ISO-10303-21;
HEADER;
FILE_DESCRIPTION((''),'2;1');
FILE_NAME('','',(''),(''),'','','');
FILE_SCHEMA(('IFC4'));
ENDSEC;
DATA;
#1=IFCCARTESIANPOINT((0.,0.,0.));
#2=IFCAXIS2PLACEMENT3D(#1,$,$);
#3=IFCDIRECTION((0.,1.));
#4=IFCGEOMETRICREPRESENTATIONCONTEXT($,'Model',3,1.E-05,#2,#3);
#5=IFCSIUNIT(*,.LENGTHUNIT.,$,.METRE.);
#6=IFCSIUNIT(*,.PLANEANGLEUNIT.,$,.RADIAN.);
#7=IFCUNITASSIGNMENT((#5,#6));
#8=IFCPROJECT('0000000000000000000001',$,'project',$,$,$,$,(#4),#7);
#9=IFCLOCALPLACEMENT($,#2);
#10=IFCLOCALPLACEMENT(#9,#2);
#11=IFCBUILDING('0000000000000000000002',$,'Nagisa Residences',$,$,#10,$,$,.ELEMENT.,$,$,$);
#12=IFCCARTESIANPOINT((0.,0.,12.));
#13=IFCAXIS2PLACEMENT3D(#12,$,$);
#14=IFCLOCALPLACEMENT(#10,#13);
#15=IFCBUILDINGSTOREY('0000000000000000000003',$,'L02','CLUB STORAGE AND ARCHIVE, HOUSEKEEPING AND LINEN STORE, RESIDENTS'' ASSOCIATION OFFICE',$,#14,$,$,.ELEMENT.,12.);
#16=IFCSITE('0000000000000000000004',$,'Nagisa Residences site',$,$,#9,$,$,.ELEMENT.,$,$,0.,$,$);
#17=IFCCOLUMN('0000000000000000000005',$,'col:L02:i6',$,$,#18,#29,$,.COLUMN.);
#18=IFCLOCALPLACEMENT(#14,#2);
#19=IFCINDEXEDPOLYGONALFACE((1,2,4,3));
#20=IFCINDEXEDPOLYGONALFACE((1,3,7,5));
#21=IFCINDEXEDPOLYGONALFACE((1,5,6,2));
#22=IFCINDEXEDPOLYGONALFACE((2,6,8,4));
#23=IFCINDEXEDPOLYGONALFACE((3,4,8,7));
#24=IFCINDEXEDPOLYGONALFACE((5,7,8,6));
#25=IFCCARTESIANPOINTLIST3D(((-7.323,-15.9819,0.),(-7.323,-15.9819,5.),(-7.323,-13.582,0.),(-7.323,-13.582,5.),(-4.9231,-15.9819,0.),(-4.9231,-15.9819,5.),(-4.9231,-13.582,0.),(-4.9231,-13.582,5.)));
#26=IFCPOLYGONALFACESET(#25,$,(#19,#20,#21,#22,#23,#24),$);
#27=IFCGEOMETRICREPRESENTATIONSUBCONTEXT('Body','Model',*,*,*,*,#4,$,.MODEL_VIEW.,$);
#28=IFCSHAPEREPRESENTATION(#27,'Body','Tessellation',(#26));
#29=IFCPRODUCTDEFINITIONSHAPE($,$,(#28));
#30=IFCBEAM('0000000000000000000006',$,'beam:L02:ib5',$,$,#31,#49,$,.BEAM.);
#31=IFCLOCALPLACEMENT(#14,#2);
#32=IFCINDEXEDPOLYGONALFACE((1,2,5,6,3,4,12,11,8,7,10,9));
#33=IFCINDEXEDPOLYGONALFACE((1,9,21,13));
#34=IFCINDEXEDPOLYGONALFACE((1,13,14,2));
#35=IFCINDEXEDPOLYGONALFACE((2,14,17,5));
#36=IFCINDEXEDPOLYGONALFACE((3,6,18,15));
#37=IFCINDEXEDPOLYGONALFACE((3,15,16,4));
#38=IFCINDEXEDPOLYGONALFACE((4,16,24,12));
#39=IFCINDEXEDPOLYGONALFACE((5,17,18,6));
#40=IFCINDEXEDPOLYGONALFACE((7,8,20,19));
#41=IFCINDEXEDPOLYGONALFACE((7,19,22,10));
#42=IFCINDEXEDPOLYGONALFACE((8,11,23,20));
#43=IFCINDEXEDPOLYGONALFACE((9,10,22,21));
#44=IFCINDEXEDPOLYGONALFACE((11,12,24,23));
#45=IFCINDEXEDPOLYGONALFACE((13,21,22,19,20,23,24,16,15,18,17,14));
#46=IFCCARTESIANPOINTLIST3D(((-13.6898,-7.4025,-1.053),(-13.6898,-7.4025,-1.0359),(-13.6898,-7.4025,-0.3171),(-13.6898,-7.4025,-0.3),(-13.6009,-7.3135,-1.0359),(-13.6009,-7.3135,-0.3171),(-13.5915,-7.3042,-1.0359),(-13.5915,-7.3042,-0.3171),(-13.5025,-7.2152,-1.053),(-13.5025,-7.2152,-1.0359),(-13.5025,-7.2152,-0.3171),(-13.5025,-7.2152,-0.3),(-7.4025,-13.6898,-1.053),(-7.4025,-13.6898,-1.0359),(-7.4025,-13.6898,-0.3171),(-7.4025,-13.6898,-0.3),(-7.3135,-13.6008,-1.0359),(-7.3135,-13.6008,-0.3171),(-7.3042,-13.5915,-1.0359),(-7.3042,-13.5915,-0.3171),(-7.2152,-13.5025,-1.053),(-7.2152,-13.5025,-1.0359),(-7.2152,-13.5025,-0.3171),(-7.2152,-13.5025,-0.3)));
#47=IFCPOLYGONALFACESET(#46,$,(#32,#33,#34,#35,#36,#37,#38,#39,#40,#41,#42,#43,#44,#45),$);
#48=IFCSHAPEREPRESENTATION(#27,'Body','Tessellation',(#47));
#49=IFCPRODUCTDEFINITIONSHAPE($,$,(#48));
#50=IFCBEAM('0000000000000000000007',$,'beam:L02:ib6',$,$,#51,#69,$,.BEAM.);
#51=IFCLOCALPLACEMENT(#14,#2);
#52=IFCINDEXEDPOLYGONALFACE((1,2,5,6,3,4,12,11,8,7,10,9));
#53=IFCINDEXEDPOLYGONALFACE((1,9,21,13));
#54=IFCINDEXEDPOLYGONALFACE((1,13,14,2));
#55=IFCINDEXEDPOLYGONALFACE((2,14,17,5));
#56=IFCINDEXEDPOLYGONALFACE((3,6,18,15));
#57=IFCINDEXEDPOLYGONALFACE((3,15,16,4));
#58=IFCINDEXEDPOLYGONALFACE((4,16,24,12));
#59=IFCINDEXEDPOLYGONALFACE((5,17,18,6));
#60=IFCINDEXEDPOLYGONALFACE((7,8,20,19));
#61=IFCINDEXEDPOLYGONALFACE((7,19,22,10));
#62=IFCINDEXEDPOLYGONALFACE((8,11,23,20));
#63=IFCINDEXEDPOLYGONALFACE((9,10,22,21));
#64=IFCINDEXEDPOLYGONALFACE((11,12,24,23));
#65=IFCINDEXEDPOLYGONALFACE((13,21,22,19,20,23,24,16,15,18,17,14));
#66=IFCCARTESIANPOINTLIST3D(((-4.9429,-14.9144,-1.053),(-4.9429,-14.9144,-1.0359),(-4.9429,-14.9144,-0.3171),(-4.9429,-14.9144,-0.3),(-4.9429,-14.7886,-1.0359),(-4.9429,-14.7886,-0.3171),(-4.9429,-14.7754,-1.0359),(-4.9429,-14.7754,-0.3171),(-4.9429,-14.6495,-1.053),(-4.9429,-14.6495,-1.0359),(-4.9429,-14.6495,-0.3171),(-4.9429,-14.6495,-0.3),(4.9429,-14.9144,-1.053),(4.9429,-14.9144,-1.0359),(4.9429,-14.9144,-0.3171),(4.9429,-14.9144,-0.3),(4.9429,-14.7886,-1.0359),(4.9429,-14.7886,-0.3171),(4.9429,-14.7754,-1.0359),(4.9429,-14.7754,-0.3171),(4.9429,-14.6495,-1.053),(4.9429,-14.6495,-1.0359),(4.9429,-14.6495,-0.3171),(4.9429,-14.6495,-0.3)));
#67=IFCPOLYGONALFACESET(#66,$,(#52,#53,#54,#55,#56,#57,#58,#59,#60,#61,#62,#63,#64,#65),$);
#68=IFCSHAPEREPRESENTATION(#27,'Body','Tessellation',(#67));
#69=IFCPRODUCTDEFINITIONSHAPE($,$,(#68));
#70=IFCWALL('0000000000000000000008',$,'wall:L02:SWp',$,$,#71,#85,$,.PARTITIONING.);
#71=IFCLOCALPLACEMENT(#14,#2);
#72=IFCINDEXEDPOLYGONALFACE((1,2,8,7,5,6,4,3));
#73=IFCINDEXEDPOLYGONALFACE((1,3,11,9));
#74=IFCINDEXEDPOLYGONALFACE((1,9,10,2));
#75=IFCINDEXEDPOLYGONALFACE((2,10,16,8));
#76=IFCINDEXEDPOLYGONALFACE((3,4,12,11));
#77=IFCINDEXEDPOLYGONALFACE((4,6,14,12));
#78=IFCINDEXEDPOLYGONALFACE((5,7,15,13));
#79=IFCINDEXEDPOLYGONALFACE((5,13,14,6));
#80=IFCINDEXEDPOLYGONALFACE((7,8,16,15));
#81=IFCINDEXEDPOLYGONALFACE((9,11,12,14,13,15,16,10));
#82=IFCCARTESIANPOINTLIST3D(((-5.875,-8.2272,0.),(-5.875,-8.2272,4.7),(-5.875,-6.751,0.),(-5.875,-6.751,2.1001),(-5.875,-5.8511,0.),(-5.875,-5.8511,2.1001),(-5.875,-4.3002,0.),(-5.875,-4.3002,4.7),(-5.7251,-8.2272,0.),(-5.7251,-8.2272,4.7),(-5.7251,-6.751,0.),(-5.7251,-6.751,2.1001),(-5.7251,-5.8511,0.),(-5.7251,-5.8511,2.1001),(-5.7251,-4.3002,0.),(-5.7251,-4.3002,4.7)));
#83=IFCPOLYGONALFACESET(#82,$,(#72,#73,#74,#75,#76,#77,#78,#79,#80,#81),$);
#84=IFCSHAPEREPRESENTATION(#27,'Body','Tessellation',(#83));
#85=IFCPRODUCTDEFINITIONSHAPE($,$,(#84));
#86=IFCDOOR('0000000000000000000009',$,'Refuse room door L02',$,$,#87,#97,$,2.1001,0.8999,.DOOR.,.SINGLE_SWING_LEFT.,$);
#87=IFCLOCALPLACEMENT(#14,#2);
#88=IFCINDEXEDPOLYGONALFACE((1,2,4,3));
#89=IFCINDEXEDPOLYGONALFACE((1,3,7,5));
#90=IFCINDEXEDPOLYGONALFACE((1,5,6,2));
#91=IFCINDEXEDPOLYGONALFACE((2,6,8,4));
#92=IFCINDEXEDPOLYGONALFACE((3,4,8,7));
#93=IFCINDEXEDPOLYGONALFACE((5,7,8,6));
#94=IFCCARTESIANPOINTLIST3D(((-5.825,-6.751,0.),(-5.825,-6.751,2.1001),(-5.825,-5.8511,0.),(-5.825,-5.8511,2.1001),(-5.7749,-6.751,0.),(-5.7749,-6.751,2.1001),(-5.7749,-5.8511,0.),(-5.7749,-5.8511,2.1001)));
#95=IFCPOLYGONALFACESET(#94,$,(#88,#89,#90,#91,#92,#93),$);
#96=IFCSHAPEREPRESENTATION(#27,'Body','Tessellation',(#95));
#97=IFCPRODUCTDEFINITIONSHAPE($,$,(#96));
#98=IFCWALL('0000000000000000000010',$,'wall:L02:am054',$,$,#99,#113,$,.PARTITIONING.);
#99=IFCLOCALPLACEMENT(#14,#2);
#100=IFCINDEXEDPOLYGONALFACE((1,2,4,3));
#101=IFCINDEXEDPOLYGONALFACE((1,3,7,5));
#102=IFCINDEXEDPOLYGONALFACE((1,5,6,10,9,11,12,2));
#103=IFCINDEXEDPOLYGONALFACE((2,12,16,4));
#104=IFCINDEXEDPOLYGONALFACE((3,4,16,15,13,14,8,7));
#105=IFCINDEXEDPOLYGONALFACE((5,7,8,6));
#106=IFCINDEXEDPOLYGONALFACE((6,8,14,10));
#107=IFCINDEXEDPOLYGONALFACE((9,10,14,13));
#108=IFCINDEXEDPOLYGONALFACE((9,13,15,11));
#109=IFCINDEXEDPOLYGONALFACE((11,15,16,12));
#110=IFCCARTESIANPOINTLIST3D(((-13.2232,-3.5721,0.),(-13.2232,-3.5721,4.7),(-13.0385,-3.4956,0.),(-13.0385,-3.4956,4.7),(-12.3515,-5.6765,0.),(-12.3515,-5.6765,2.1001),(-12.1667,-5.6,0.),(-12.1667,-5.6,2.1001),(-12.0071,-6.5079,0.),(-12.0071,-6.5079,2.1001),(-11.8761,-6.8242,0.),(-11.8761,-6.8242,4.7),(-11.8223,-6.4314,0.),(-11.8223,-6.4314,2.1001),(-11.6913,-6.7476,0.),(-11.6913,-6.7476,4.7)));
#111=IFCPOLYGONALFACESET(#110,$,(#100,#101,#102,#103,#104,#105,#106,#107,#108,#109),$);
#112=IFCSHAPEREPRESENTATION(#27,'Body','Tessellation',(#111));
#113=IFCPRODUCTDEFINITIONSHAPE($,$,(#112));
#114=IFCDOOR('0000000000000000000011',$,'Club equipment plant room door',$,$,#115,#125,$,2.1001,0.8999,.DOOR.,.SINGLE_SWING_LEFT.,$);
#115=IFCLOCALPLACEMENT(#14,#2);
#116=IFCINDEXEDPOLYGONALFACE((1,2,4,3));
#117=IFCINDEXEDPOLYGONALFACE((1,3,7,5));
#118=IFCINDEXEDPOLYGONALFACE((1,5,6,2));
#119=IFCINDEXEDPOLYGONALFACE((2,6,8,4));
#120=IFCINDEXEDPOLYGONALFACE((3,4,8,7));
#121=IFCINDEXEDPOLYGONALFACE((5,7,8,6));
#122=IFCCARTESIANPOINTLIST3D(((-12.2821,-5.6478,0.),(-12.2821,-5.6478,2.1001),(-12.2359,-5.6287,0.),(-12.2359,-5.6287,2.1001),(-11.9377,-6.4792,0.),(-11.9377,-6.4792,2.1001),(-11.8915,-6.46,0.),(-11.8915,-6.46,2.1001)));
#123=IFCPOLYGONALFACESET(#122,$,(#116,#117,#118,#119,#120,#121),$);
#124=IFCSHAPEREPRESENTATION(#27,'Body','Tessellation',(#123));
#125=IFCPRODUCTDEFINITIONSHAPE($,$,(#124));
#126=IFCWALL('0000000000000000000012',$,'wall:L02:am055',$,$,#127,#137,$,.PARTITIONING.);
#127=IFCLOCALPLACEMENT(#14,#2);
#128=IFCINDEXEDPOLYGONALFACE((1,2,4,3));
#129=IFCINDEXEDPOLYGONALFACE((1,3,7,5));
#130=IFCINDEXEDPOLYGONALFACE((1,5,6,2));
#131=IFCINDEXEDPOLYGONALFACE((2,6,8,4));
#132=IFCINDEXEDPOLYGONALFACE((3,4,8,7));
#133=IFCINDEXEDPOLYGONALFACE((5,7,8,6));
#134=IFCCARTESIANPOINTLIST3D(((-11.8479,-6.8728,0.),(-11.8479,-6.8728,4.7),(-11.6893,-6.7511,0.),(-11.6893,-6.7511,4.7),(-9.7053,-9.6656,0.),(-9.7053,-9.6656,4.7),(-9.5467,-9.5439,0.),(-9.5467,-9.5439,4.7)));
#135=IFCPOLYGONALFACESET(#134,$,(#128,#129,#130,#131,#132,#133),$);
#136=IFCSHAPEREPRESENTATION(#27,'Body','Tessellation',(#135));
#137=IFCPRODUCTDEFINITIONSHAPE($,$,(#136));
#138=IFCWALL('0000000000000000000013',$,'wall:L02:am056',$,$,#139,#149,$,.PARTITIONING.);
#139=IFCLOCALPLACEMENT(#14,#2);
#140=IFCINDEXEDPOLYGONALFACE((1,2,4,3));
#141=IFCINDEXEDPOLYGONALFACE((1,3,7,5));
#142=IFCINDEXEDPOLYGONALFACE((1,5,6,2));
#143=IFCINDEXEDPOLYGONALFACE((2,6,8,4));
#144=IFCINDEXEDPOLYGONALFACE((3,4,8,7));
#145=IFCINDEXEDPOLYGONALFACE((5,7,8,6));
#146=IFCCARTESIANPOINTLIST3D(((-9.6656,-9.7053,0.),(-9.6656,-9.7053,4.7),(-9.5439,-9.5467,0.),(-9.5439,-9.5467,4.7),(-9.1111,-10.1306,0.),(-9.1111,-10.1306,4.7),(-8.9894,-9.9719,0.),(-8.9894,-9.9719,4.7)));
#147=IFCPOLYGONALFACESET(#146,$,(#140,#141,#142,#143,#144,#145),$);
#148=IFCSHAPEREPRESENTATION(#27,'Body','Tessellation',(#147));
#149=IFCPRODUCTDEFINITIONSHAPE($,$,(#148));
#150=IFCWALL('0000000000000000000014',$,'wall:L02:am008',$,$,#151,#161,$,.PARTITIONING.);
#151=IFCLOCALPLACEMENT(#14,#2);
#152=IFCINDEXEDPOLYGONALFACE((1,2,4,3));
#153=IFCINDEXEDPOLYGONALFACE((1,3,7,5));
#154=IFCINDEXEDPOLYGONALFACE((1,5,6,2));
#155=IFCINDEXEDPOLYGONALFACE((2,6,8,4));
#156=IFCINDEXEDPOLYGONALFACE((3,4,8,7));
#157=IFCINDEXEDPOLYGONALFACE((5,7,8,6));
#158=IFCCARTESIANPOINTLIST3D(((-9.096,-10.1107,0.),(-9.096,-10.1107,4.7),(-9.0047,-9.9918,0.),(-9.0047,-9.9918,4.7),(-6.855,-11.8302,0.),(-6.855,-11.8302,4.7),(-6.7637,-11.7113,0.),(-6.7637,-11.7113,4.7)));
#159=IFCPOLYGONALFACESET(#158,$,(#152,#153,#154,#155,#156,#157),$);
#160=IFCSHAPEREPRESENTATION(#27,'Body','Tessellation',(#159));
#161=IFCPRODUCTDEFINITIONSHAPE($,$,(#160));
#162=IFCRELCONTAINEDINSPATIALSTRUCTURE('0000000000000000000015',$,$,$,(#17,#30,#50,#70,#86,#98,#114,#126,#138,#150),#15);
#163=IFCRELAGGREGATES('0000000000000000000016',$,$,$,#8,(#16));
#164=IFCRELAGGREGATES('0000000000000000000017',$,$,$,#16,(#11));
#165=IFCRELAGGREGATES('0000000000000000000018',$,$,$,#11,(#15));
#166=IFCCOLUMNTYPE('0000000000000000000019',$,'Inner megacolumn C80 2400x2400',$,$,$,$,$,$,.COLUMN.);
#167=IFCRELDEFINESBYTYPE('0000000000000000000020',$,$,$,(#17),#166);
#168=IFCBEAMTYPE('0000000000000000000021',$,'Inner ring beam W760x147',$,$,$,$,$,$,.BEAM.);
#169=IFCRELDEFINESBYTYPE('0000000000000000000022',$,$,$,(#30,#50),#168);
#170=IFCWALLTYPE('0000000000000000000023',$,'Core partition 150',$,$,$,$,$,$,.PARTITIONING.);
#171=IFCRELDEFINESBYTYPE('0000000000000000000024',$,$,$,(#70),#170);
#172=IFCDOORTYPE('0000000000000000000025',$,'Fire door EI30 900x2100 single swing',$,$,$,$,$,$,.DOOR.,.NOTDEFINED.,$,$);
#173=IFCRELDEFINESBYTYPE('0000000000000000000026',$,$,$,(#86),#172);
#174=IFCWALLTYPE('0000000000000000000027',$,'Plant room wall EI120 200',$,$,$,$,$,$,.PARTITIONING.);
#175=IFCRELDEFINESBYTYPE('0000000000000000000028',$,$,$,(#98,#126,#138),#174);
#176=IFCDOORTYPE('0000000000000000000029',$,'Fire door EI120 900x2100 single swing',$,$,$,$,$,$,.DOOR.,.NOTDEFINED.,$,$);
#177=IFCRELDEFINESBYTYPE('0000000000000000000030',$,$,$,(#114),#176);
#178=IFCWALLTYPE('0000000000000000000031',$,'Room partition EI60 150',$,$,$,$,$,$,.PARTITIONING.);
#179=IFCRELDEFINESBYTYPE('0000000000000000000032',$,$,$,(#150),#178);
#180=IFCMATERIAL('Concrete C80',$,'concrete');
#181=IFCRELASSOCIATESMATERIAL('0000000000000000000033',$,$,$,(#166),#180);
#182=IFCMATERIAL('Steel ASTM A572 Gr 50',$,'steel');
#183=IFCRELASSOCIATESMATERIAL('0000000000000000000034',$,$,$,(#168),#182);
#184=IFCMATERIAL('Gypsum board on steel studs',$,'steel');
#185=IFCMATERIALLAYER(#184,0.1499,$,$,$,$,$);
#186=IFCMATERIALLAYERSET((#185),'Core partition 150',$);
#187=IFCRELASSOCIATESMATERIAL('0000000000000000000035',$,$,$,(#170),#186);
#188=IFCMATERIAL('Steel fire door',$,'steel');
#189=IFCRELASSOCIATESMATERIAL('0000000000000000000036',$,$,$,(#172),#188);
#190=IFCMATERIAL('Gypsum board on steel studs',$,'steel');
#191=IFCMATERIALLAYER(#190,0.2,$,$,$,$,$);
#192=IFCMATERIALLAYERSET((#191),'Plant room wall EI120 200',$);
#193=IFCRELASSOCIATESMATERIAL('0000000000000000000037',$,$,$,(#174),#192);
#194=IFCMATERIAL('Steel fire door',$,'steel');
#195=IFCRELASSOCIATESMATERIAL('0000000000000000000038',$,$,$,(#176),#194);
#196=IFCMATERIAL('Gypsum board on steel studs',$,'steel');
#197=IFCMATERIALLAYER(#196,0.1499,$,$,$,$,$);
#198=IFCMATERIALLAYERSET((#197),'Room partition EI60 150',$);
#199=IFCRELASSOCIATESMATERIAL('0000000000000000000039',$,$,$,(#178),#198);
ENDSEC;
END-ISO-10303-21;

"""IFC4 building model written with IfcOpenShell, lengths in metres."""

from ifc_helpers import new_model, si_unit, direction, frame, frame_2d, origin, origin_2d, place, context, subcontext, project, spatial, rectangle, i_section, extrude, material, layer, layer_set, material_profile, profile_set, type_object, element, fill, save


model = new_model("IFC4")

# Units and contexts
model_context = context("Model", 3, precision=1e-05, world=origin(), true_north=direction((0.0, 1.0)))
body_context = subcontext(model_context, "Body", "Model", "MODEL_VIEW")
ifc_project = project(units=[si_unit("LENGTHUNIT", "METRE"), si_unit("PLANEANGLEUNIT", "RADIAN")], contexts=[model_context])

# Site, building, storey
site_placement = place(None, origin())
site = spatial("IfcSite", under=ifc_project, at=site_placement, Name="Nagisa Residences site", CompositionType="ELEMENT", RefElevation=0.0)
building_placement = place(site_placement, origin())
building = spatial("IfcBuilding", under=site, at=building_placement, Name="Nagisa Residences", CompositionType="ELEMENT")
storey_placement = place(building_placement, frame((0.0, 0.0, 12.0)))
storey = spatial("IfcBuildingStorey", under=building, at=storey_placement, Name="L02", Description="CLUB STORAGE AND ARCHIVE, HOUSEKEEPING AND LINEN STORE, RESIDENTS' ASSOCIATION OFFICE", CompositionType="ELEMENT", Elevation=12.0)

# Column
ifc_material_1 = material(Name="Concrete C80", Category="concrete")
ifc_material_profile_1 = material_profile(ifc_material_1, rectangle(XDim=2.3999, YDim=2.3999, at=origin_2d()), Name="C80 2400x2400")
ifc_profile_set_1 = profile_set([ifc_material_profile_1], Name="Concrete C80")
column_type = type_object("IfcColumnType", Name="Inner megacolumn C80 2400x2400", PredefinedType="COLUMN", material=ifc_profile_set_1)
column_placement = place(storey_placement, frame((-6.123, -14.782, 0.0), z_axis=(0.0, 0.0, 1.0), x_axis=(1.0, 0.0, 0.0)))
element("IfcColumn", 1, at=column_placement, inside=storey, type_object=column_type, Name="col:L02:i6", PredefinedType="COLUMN", context=body_context, shape_type="SweptSolid", body=[
    extrude(rectangle(XDim=2.3999, YDim=2.3999, at=origin_2d()), origin(), (0.0, 0.0, 1.0), 5.0),
])

# Beams
ifc_material_2 = material(Name="Steel ASTM A572 Gr 50", Category="steel")
ifc_material_profile_2 = material_profile(ifc_material_2, i_section(OverallWidth=0.2649, OverallDepth=0.7529, WebThickness=0.0132, FlangeThickness=0.0171, at=origin_2d()), Name="W760x147")
ifc_profile_set_2 = profile_set([ifc_material_profile_2], Name="Steel ASTM A572 Gr 50")
beam_type = type_object("IfcBeamType", Name="Inner ring beam W760x147", PredefinedType="BEAM", material=ifc_profile_set_2)
beam_1_placement = place(storey_placement, frame((-13.5962, -7.3088, -0.6765), z_axis=(0.707107, -0.707107, 0.0), x_axis=(0.707107, 0.707107, 0.0)))
element("IfcBeam", 2, at=beam_1_placement, inside=storey, type_object=beam_type, Name="beam:L02:ib5", PredefinedType="BEAM", context=body_context, shape_type="SweptSolid", body=[
    extrude(i_section(OverallWidth=0.2649, OverallDepth=0.7529, WebThickness=0.0132, FlangeThickness=0.0171, at=origin_2d()), origin(), (0.0, 0.0, 1.0), 8.8916),
])
beam_2_placement = place(storey_placement, frame((-4.9429, -14.782, -0.6765), z_axis=(1.0, 0.0, 0.0), x_axis=(0.0, 1.0, 0.0)))
element("IfcBeam", 3, at=beam_2_placement, inside=storey, type_object=beam_type, Name="beam:L02:ib6", PredefinedType="BEAM", context=body_context, shape_type="SweptSolid", body=[
    extrude(i_section(OverallWidth=0.2649, OverallDepth=0.7529, WebThickness=0.0132, FlangeThickness=0.0171, at=origin_2d()), origin(), (0.0, 0.0, 1.0), 9.8857),
])

# Walls, openings, doors
ifc_material_3 = material(Name="Gypsum board on steel studs", Category="steel")
ifc_layer_1 = layer(ifc_material_3, 0.1499)
ifc_layer_set_1 = layer_set([ifc_layer_1], Name="Core partition 150")
wall_type_1 = type_object("IfcWallType", Name="Core partition 150", PredefinedType="PARTITIONING", material=ifc_layer_set_1)
wall_1_placement = place(storey_placement, frame((-5.8, -8.2271, 0.0), z_axis=(0.0, 0.0, 1.0), x_axis=(0.0, 1.0, 0.0)))
wall_1 = element("IfcWall", 4, at=wall_1_placement, inside=storey, type_object=wall_type_1, Name="wall:L02:SWp", PredefinedType="PARTITIONING", context=body_context, shape_type="SweptSolid", body=[
    extrude(rectangle(XDim=3.927, YDim=0.1499, at=frame_2d((1.9634, 0.0))), origin(), (0.0, 0.0, 1.0), 4.7),
])
opening_1_placement = place(wall_1_placement, frame((1.4761, 0.0, 0.0)))
opening_1 = element("IfcOpeningElement", 5, at=opening_1_placement, cuts=wall_1, PredefinedType="OPENING", context=body_context, shape_type="SweptSolid", body=[
    extrude(rectangle(XDim=0.8999, YDim=2.1001, at=frame_2d((0.45, 1.05))), frame((0.0, 0.085, 0.0), z_axis=(0.0, -1.0, 0.0), x_axis=(1.0, 0.0, 0.0)), (0.0, 0.0, 1.0), 0.1699),
])
ifc_material_4 = material(Name="Steel fire door", Category="steel")
door_type_1 = type_object("IfcDoorType", Name="Fire door EI30 900x2100 single swing", OperationType="NOTDEFINED", PredefinedType="DOOR", material=ifc_material_4)
door_1_placement = place(opening_1_placement, origin())
door_1 = element("IfcDoor", 6, at=door_1_placement, inside=storey, type_object=door_type_1, Name="Refuse room door L02", OperationType="SINGLE_SWING_LEFT", OverallHeight=2.1001, OverallWidth=0.8999, PredefinedType="DOOR", context=body_context, shape_type="SweptSolid", body=[
    extrude(rectangle(XDim=0.8999, YDim=2.1001, at=frame_2d((0.45, 1.05))), frame((0.0, 0.0249, 0.0), z_axis=(0.0, -1.0, 0.0), x_axis=(1.0, 0.0, 0.0)), (0.0, 0.0, 1.0), 0.05),
])
fill(opening_1, door_1)
ifc_material_5 = material(Name="Gypsum board on steel studs", Category="steel")
ifc_layer_2 = layer(ifc_material_5, 0.2)
ifc_layer_set_2 = layer_set([ifc_layer_2], Name="Plant room wall EI120 200")
wall_type_2 = type_object("IfcWallType", Name="Plant room wall EI120 200", PredefinedType="PARTITIONING", material=ifc_layer_set_2)
wall_2_placement = place(storey_placement, frame((-11.7837, -6.7859, 0.0), z_axis=(0.0, 0.0, 1.0), x_axis=(-0.382723, 0.923863, 0.0)))
wall_2 = element("IfcWall", 7, at=wall_2_placement, inside=storey, type_object=wall_type_2, Name="wall:L02:am054", PredefinedType="PARTITIONING", context=body_context, shape_type="SweptSolid", body=[
    extrude(rectangle(XDim=3.52, YDim=0.2, at=frame_2d((1.76, 0.0))), origin(), (0.0, 0.0, 1.0), 4.7),
])
opening_2_placement = place(wall_2_placement, frame((0.3423, 0.0, 0.0)))
opening_2 = element("IfcOpeningElement", 8, at=opening_2_placement, cuts=wall_2, PredefinedType="OPENING", context=body_context, shape_type="SweptSolid", body=[
    extrude(rectangle(XDim=0.8999, YDim=2.1001, at=frame_2d((0.45, 1.05))), frame((0.0, 0.1099, 0.0), z_axis=(0.0, -1.0, 0.0), x_axis=(1.0, 0.0, 0.0)), (0.0, 0.0, 1.0), 0.22),
])
ifc_material_6 = material(Name="Steel fire door", Category="steel")
door_type_2 = type_object("IfcDoorType", Name="Fire door EI120 900x2100 single swing", OperationType="NOTDEFINED", PredefinedType="DOOR", material=ifc_material_6)
door_2_placement = place(opening_2_placement, origin())
door_2 = element("IfcDoor", 9, at=door_2_placement, inside=storey, type_object=door_type_2, Name="Club equipment plant room door", OperationType="SINGLE_SWING_LEFT", OverallHeight=2.1001, OverallWidth=0.8999, PredefinedType="DOOR", context=body_context, shape_type="SweptSolid", body=[
    extrude(rectangle(XDim=0.8999, YDim=2.1001, at=frame_2d((0.45, 1.05))), frame((0.0, 0.0249, 0.0), z_axis=(0.0, -1.0, 0.0), x_axis=(1.0, 0.0, 0.0)), (0.0, 0.0, 1.0), 0.05),
])
fill(opening_2, door_2)

# Walls
wall_3_placement = place(storey_placement, frame((-9.626, -9.6047, 0.0), z_axis=(0.0, 0.0, 1.0), x_axis=(-0.608698, 0.793402, 0.0)))
element("IfcWall", 10, at=wall_3_placement, inside=storey, type_object=wall_type_2, Name="wall:L02:am055", PredefinedType="PARTITIONING", context=body_context, shape_type="SweptSolid", body=[
    extrude(rectangle(XDim=3.52, YDim=0.2, at=frame_2d((1.76, 0.0))), origin(), (0.0, 0.0, 1.0), 4.7),
])
wall_4_placement = place(storey_placement, frame((-9.0503, -10.0513, 0.0), z_axis=(0.0, 0.0, 1.0), x_axis=(-0.793455, 0.60863, 0.0)))
element("IfcWall", 11, at=wall_4_placement, inside=storey, type_object=wall_type_2, Name="wall:L02:am056", PredefinedType="PARTITIONING", context=body_context, shape_type="SweptSolid", body=[
    extrude(rectangle(XDim=0.6987, YDim=0.2, at=frame_2d((0.3494, 0.0))), origin(), (0.0, 0.0, 1.0), 4.7),
])
ifc_material_7 = material(Name="Gypsum board on steel studs", Category="steel")
ifc_layer_3 = layer(ifc_material_7, 0.1499)
ifc_layer_set_3 = layer_set([ifc_layer_3], Name="Room partition EI60 150")
wall_type_3 = type_object("IfcWallType", Name="Room partition EI60 150", PredefinedType="PARTITIONING", material=ifc_layer_set_3)
wall_5_placement = place(storey_placement, frame((-6.8093, -11.7708, 0.0), z_axis=(0.0, 0.0, 1.0), x_axis=(-0.793366, 0.608745, 0.0)))
element("IfcWall", 12, at=wall_5_placement, inside=storey, type_object=wall_type_3, Name="wall:L02:am008", PredefinedType="PARTITIONING", context=body_context, shape_type="SweptSolid", body=[
    extrude(rectangle(XDim=2.8247, YDim=0.1499, at=frame_2d((1.4124, 0.0))), origin(), (0.0, 0.0, 1.0), 4.7),
])

save(model, "model.ifc")
